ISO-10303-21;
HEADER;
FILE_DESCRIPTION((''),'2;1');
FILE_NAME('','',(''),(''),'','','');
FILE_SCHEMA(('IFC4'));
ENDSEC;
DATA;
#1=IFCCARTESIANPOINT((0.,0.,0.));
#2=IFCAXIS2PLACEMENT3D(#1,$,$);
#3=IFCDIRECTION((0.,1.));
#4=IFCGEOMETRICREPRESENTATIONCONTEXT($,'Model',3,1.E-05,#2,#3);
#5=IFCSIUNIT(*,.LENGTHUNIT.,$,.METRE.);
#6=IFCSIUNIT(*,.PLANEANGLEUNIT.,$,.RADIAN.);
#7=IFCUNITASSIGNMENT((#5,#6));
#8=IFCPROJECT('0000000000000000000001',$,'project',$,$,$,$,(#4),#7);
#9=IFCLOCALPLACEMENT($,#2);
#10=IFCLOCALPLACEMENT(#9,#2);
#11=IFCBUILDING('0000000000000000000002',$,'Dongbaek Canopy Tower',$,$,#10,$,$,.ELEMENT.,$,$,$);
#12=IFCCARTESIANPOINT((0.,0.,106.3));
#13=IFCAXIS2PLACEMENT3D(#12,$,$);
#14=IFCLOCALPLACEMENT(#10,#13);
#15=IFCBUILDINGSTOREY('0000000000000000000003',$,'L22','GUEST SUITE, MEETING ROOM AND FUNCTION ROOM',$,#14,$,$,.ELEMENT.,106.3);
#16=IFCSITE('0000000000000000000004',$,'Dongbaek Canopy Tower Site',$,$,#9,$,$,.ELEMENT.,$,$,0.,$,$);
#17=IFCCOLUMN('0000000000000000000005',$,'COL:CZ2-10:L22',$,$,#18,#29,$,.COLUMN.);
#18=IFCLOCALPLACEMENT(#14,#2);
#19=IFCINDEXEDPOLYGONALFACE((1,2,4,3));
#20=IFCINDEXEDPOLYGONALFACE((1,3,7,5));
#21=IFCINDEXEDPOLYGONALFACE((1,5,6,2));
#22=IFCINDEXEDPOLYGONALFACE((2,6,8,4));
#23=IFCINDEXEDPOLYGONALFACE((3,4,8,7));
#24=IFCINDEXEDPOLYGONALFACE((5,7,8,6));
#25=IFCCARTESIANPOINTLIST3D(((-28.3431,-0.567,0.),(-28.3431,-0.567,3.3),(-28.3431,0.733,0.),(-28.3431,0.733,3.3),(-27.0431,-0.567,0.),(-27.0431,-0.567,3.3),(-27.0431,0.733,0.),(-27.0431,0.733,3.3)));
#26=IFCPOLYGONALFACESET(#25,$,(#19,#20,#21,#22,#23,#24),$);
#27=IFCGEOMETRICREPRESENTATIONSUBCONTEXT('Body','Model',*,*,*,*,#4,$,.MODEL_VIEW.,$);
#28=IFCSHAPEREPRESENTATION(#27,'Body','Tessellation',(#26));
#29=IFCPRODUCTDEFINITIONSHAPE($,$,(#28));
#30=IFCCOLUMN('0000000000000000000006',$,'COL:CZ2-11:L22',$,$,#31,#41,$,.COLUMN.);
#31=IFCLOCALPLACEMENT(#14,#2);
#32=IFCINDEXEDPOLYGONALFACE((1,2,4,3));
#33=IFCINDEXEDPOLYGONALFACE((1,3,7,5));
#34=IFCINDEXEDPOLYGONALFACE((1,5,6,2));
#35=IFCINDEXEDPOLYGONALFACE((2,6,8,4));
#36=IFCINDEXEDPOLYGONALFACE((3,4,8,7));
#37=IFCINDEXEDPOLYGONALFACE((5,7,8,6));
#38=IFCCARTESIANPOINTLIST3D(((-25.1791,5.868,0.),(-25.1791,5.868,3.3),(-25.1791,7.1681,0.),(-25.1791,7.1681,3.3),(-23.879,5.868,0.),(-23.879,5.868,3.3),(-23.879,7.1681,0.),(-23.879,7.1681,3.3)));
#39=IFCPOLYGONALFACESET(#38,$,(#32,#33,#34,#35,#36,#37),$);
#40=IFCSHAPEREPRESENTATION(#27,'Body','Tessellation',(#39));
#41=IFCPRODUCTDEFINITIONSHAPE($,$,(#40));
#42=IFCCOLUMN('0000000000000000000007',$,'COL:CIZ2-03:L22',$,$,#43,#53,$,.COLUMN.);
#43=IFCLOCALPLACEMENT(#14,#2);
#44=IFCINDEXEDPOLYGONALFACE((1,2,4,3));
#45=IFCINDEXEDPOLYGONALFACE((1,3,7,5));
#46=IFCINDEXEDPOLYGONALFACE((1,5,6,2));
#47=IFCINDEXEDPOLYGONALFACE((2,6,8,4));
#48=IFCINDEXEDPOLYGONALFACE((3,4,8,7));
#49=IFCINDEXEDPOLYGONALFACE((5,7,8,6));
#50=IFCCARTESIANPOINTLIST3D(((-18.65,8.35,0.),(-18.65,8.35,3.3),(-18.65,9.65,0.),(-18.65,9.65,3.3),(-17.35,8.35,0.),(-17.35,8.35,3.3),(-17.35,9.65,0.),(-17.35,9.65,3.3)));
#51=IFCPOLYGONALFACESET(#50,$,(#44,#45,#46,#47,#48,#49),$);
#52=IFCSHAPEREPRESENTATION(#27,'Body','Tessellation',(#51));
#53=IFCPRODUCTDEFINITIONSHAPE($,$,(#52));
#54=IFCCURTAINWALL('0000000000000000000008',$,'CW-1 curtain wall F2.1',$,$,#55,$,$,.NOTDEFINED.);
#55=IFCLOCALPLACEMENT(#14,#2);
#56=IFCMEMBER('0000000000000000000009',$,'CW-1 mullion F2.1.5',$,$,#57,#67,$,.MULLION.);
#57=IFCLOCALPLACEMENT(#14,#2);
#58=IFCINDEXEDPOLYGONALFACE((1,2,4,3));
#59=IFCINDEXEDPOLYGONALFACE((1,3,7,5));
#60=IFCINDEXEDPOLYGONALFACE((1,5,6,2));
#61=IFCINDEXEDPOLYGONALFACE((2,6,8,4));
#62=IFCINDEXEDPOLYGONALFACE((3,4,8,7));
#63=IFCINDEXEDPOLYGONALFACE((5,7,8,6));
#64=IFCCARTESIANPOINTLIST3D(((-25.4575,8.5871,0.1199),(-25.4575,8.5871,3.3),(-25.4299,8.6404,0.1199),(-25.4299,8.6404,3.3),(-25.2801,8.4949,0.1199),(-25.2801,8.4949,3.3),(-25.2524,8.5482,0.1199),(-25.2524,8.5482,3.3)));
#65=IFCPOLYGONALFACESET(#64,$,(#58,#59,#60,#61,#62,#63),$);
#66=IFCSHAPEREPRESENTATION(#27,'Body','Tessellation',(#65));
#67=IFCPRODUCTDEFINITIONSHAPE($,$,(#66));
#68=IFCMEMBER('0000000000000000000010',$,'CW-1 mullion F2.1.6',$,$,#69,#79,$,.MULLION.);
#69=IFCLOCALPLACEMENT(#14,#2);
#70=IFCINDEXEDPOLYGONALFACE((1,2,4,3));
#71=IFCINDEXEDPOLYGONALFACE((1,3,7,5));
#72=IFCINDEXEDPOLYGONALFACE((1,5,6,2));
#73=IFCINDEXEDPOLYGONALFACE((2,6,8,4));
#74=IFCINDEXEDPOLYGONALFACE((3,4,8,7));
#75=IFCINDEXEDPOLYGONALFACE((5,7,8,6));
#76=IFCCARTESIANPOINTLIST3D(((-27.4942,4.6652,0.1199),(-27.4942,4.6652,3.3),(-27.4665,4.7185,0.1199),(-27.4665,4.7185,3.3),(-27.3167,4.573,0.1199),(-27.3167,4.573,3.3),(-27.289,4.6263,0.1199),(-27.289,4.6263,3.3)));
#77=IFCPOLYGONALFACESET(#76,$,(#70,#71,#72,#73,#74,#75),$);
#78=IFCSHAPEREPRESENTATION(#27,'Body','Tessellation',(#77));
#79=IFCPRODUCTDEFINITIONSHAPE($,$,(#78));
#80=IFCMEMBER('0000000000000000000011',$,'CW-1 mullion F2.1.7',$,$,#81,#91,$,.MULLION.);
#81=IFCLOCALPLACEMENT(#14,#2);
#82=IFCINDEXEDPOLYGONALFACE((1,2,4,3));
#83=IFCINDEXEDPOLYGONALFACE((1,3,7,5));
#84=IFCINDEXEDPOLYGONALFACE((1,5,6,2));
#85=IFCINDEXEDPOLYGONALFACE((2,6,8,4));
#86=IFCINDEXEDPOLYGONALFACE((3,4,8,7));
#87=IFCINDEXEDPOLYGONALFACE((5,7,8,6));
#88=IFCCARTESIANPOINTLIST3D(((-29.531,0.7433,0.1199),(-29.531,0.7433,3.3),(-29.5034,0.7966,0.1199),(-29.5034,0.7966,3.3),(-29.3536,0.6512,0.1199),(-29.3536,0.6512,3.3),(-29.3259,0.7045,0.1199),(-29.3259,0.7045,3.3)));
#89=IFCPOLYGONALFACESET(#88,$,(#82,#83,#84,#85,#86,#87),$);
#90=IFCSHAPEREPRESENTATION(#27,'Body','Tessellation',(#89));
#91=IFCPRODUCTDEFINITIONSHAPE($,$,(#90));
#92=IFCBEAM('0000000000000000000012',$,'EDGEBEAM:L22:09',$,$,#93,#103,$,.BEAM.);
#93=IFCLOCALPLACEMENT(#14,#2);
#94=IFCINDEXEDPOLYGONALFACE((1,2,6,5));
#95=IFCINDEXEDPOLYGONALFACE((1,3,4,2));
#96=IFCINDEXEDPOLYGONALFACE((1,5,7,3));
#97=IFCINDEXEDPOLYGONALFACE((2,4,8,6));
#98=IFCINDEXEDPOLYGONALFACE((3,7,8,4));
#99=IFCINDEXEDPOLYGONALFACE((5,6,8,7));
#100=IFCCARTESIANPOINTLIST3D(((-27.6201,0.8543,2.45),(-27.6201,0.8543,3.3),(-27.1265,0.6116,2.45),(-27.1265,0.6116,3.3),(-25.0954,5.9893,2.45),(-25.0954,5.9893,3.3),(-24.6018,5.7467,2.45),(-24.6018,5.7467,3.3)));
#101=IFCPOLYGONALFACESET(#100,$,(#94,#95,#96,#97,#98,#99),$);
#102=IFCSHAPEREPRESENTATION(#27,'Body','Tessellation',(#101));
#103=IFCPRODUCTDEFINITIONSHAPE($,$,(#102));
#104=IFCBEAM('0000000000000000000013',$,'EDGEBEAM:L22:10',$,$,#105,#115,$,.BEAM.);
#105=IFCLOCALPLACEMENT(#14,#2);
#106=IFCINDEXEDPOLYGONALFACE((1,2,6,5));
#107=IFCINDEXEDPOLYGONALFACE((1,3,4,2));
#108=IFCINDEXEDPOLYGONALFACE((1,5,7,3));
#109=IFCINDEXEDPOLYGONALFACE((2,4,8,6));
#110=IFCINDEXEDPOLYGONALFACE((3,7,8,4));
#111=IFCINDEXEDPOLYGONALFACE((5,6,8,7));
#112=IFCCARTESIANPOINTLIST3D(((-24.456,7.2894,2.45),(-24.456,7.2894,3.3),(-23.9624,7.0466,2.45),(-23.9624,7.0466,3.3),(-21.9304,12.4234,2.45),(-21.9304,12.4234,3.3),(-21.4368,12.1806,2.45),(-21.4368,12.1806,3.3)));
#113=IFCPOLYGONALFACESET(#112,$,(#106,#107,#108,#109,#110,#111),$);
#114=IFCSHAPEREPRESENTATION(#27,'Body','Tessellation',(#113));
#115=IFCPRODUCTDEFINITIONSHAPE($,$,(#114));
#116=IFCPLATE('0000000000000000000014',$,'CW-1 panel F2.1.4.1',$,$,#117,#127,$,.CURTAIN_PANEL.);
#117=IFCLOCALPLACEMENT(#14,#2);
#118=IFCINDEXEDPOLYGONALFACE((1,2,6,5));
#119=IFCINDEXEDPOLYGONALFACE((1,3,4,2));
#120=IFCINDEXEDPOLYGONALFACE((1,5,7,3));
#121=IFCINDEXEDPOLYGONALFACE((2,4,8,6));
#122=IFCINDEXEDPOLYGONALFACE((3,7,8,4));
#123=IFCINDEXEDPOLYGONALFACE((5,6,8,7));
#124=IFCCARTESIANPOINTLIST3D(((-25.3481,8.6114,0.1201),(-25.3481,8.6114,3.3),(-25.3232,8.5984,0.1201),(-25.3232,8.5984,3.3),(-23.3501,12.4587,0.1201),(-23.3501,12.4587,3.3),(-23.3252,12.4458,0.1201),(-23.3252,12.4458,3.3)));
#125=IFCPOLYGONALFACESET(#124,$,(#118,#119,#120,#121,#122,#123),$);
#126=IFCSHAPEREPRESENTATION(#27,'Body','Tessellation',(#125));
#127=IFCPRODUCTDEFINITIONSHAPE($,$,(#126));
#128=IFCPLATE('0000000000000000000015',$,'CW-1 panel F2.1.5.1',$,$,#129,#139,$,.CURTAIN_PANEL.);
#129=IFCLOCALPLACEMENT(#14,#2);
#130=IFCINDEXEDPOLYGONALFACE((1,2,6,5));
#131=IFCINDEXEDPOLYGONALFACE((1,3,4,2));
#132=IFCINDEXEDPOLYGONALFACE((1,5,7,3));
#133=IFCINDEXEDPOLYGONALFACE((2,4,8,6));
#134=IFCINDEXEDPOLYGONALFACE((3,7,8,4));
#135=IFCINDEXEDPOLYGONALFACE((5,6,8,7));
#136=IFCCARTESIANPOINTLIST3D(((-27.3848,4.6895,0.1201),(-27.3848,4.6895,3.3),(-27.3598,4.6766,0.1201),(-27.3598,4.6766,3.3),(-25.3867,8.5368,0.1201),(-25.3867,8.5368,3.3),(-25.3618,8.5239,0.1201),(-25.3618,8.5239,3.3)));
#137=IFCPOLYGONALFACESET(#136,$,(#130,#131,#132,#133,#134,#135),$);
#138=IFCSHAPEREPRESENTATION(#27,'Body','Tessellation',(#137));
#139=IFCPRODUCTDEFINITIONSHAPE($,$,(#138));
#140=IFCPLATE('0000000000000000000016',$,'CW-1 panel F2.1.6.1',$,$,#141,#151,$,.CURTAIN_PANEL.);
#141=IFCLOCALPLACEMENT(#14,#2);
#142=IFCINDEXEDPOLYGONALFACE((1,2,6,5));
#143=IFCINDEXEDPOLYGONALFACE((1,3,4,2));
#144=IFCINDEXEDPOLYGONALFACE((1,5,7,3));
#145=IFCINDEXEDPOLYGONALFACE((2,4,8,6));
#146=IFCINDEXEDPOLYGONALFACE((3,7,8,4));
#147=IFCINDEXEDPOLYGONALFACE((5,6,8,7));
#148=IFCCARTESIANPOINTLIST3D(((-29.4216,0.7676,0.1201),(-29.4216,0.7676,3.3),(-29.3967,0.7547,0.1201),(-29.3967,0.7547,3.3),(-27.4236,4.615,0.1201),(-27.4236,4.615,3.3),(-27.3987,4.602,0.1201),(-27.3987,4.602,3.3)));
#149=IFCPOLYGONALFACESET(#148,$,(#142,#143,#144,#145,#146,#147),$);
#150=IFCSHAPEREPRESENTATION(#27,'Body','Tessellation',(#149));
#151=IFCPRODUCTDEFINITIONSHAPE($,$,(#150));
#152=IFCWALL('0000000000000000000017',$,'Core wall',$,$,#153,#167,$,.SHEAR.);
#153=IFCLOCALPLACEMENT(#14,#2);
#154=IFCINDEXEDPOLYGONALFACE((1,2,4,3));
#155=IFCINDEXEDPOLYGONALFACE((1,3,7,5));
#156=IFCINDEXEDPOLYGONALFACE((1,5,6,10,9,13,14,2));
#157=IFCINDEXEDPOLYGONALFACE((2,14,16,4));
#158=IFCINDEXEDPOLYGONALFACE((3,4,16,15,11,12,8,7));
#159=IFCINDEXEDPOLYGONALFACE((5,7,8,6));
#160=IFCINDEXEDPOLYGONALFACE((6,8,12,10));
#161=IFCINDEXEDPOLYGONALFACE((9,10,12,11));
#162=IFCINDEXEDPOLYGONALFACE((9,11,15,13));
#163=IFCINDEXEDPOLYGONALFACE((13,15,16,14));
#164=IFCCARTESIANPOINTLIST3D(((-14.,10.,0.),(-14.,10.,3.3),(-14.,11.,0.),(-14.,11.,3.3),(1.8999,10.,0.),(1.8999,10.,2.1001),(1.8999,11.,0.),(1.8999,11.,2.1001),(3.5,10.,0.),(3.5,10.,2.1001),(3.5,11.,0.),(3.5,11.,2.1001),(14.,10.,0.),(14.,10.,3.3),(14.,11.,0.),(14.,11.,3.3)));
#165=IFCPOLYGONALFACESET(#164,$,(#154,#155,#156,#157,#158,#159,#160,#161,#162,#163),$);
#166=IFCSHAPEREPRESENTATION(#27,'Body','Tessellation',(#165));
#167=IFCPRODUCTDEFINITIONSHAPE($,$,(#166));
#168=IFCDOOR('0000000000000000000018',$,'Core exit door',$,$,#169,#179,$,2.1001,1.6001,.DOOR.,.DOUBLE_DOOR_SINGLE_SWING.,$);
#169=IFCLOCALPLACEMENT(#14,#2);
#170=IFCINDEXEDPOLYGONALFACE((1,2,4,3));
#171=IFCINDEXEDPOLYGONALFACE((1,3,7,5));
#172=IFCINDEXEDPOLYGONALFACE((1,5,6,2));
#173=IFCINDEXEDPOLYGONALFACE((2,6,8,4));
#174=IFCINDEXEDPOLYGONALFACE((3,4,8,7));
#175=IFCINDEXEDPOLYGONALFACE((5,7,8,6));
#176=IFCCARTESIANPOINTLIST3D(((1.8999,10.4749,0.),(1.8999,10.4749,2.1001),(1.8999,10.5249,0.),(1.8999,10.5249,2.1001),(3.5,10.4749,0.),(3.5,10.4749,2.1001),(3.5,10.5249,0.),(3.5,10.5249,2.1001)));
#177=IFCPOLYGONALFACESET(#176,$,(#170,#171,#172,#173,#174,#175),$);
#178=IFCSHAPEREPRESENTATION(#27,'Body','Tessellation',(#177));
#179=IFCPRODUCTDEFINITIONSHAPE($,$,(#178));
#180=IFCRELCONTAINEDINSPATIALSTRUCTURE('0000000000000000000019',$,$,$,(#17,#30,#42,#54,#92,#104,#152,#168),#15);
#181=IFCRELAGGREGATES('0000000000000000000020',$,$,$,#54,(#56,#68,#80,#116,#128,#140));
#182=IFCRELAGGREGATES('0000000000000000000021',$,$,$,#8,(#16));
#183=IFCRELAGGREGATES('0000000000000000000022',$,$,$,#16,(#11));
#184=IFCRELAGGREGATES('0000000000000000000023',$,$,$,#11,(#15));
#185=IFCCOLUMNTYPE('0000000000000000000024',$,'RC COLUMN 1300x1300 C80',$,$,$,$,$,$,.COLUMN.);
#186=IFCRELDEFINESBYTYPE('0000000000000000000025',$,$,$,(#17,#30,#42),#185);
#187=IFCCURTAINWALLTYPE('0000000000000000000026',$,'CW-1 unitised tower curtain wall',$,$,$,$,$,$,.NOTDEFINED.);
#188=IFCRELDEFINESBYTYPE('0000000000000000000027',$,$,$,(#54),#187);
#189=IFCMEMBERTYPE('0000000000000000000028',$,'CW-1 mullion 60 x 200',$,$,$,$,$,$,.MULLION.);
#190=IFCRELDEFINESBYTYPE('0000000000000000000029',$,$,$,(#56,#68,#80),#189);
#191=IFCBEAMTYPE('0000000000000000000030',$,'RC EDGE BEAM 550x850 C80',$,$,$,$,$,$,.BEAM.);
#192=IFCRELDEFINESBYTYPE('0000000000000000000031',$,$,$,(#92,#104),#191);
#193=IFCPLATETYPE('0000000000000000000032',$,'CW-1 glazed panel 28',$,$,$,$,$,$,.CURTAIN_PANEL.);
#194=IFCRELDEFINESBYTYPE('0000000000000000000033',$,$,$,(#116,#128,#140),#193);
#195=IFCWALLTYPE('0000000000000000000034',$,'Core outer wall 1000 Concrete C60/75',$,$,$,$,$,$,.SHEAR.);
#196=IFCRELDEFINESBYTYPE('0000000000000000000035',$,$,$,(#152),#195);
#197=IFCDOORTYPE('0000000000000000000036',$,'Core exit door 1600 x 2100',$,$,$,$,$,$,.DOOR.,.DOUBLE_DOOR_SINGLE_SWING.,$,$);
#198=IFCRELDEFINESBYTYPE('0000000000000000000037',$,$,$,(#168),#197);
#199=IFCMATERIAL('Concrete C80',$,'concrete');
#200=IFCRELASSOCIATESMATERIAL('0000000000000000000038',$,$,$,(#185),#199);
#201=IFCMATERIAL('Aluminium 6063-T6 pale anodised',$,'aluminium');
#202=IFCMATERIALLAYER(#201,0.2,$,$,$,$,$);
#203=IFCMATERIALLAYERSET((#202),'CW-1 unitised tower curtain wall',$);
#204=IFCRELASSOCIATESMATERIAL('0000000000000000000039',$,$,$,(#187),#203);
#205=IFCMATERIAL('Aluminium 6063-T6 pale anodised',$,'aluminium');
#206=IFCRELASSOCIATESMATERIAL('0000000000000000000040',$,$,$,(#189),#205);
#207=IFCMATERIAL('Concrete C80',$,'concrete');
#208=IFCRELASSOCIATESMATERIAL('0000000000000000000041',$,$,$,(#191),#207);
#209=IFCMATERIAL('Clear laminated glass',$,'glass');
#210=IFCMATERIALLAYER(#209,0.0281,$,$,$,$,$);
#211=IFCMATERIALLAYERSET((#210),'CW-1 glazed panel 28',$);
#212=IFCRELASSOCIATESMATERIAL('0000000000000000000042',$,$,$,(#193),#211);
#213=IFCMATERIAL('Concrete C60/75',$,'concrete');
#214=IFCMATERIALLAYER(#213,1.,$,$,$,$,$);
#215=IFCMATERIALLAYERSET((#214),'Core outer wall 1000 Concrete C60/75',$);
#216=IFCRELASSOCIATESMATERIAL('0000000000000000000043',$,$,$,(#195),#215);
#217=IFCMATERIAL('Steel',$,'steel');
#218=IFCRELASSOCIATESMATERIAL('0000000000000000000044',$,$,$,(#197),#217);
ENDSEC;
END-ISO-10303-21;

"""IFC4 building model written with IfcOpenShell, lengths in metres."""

from ifc_helpers import new_model, si_unit, direction, frame, frame_2d, origin, origin_2d, place, context, subcontext, project, spatial, rectangle, extrude, material, layer, layer_set, material_profile, profile_set, type_object, element, fill, aggregate, save


model = new_model("IFC4")

# Units and contexts
model_context = context("Model", 3, precision=1e-05, world=origin(), true_north=direction((0.0, 1.0)))
body_context = subcontext(model_context, "Body", "Model", "MODEL_VIEW")
ifc_project = project(units=[si_unit("LENGTHUNIT", "METRE"), si_unit("PLANEANGLEUNIT", "RADIAN")], contexts=[model_context])

# Site, building, storey
site_placement = place(None, origin())
site = spatial("IfcSite", under=ifc_project, at=site_placement, Name="Dongbaek Canopy Tower Site", CompositionType="ELEMENT", RefElevation=0.0)
building_placement = place(site_placement, origin())
building = spatial("IfcBuilding", under=site, at=building_placement, Name="Dongbaek Canopy Tower", CompositionType="ELEMENT")
storey_placement = place(building_placement, frame((0.0, 0.0, 106.3)))
storey = spatial("IfcBuildingStorey", under=building, at=storey_placement, Name="L22", Description="GUEST SUITE, MEETING ROOM AND FUNCTION ROOM", CompositionType="ELEMENT", Elevation=106.3)

# Columns
ifc_material_1 = material(Name="Concrete C80", Category="concrete")
ifc_material_profile_1 = material_profile(ifc_material_1, rectangle(XDim=1.3, YDim=1.3, at=origin_2d()), Name="RC COLUMN 1300x1300 C80")
ifc_profile_set_1 = profile_set([ifc_material_profile_1], Name="Concrete C80")
column_type = type_object("IfcColumnType", Name="RC COLUMN 1300x1300 C80", PredefinedType="COLUMN", material=ifc_profile_set_1)
for number, where, z_axis, x_axis, name in (
    (1, (-27.6931, 0.083, 0.0), (0.0, 0.0, 1.0), (1.0, 0.0, 0.0), "COL:CZ2-10:L22"),
    (2, (-24.5291, 6.5181, 0.0), (0.0, 0.0, 1.0), (1.0, 0.0, 0.0), "COL:CZ2-11:L22"),
    (3, (-18.0, 9.0, 0.0), (0.0, 0.0, 1.0), (1.0, 0.0, 0.0), "COL:CIZ2-03:L22"),
):
    element("IfcColumn", number, at=place(storey_placement, frame(where, z_axis=z_axis, x_axis=x_axis)), inside=storey, type_object=column_type, Name=name, PredefinedType="COLUMN", context=body_context, shape_type="SweptSolid", body=[
        extrude(rectangle(XDim=1.3, YDim=1.3, at=origin_2d()), origin(), (0.0, 0.0, 1.0), 3.3),
    ])

# Curtain wall, members
ifc_material_2 = material(Name="Aluminium 6063-T6 pale anodised", Category="aluminium")
ifc_layer_1 = layer(ifc_material_2, 0.2)
ifc_layer_set_1 = layer_set([ifc_layer_1], Name="CW-1 unitised tower curtain wall")
curtain_wall_type = type_object("IfcCurtainWallType", Name="CW-1 unitised tower curtain wall", PredefinedType="NOTDEFINED", material=ifc_layer_set_1)
curtain_wall_placement = place(storey_placement, origin())
curtain_wall = element("IfcCurtainWall", 4, at=curtain_wall_placement, inside=storey, type_object=curtain_wall_type, Name="CW-1 curtain wall F2.1", PredefinedType="NOTDEFINED")
ifc_material_3 = material(Name="Aluminium 6063-T6 pale anodised", Category="aluminium")
ifc_material_profile_2 = material_profile(ifc_material_3, rectangle(XDim=0.2, YDim=0.0601, at=origin_2d()), Name="CW-1 mullion 60 x 200")
ifc_profile_set_2 = profile_set([ifc_material_profile_2], Name="Aluminium 6063-T6 pale anodised")
member_type = type_object("IfcMemberType", Name="CW-1 mullion 60 x 200", PredefinedType="MULLION", material=ifc_profile_set_2)
member_1_placement = place(storey_placement, frame((-25.355, 8.5676, 0.1199), z_axis=(0.0, 0.0, 1.0), x_axis=(-0.887463, 0.46088, 0.0)))
member_1 = element("IfcMember", 5, at=member_1_placement, type_object=member_type, Name="CW-1 mullion F2.1.5", PredefinedType="MULLION", context=body_context, shape_type="SweptSolid", body=[
    extrude(rectangle(XDim=0.2, YDim=0.0601, at=origin_2d()), origin(), (0.0, 0.0, 1.0), 3.1802),
])
member_2_placement = place(storey_placement, frame((-27.3916, 4.6458, 0.1199), z_axis=(0.0, 0.0, 1.0), x_axis=(-0.887463, 0.46088, 0.0)))
member_2 = element("IfcMember", 6, at=member_2_placement, type_object=member_type, Name="CW-1 mullion F2.1.6", PredefinedType="MULLION", context=body_context, shape_type="SweptSolid", body=[
    extrude(rectangle(XDim=0.2, YDim=0.0601, at=origin_2d()), origin(), (0.0, 0.0, 1.0), 3.1802),
])
member_3_placement = place(storey_placement, frame((-29.4285, 0.7239, 0.1199), z_axis=(0.0, 0.0, 1.0), x_axis=(-0.887463, 0.46088, 0.0)))
member_3 = element("IfcMember", 7, at=member_3_placement, type_object=member_type, Name="CW-1 mullion F2.1.7", PredefinedType="MULLION", context=body_context, shape_type="SweptSolid", body=[
    extrude(rectangle(XDim=0.2, YDim=0.0601, at=origin_2d()), origin(), (0.0, 0.0, 1.0), 3.1802),
])

# Beams
ifc_material_4 = material(Name="Concrete C80", Category="concrete")
ifc_material_profile_3 = material_profile(ifc_material_4, rectangle(XDim=0.55, YDim=0.8501, at=origin_2d()), Name="RC EDGE BEAM 550x850 C80")
ifc_profile_set_3 = profile_set([ifc_material_profile_3], Name="Concrete C80")
beam_type = type_object("IfcBeamType", Name="RC EDGE BEAM 550x850 C80", PredefinedType="BEAM", material=ifc_profile_set_3)
beam_1_placement = place(storey_placement, frame((-27.3733, 0.7329, 2.875), z_axis=(0.441213, 0.897402, 0.0), x_axis=(-0.897402, 0.441213, 0.0)))
element("IfcBeam", 8, at=beam_1_placement, inside=storey, type_object=beam_type, Name="EDGEBEAM:L22:09", PredefinedType="BEAM", context=body_context, shape_type="SweptSolid", body=[
    extrude(rectangle(XDim=0.55, YDim=0.8501, at=origin_2d()), origin(), (0.0, 0.0, 1.0), 5.7222),
])
beam_2_placement = place(storey_placement, frame((-24.2092, 7.168, 2.875), z_axis=(0.441418, 0.897301, 0.0), x_axis=(-0.897301, 0.441418, 0.0)))
element("IfcBeam", 9, at=beam_2_placement, inside=storey, type_object=beam_type, Name="EDGEBEAM:L22:10", PredefinedType="BEAM", context=body_context, shape_type="SweptSolid", body=[
    extrude(rectangle(XDim=0.55, YDim=0.8501, at=origin_2d()), origin(), (0.0, 0.0, 1.0), 5.7217),
])

# Plates
ifc_material_5 = material(Name="Clear laminated glass", Category="glass")
ifc_layer_2 = layer(ifc_material_5, 0.0281)
ifc_layer_set_2 = layer_set([ifc_layer_2], Name="CW-1 glazed panel 28")
plate_type = type_object("IfcPlateType", Name="CW-1 glazed panel 28", PredefinedType="CURTAIN_PANEL", material=ifc_layer_set_2)
plate_1_placement = place(storey_placement, frame((-24.3367, 10.5286, 0.1201), z_axis=(0.0, 0.0, 1.0), x_axis=(-0.46088, -0.887463, 0.0)))
plate_1 = element("IfcPlate", 10, at=plate_1_placement, type_object=plate_type, Name="CW-1 panel F2.1.4.1", PredefinedType="CURTAIN_PANEL", context=body_context, shape_type="SweptSolid", body=[
    extrude(rectangle(XDim=4.3352, YDim=0.0281, at=origin_2d()), origin(), (0.0, 0.0, 1.0), 3.1799),
])
plate_2_placement = place(storey_placement, frame((-26.3733, 6.6067, 0.1201), z_axis=(0.0, 0.0, 1.0), x_axis=(-0.46088, -0.887463, 0.0)))
plate_2 = element("IfcPlate", 11, at=plate_2_placement, type_object=plate_type, Name="CW-1 panel F2.1.5.1", PredefinedType="CURTAIN_PANEL", context=body_context, shape_type="SweptSolid", body=[
    extrude(rectangle(XDim=4.3352, YDim=0.0281, at=origin_2d()), origin(), (0.0, 0.0, 1.0), 3.1799),
])
plate_3_placement = place(storey_placement, frame((-28.4102, 2.6848, 0.1201), z_axis=(0.0, 0.0, 1.0), x_axis=(-0.46088, -0.887463, 0.0)))
plate_3 = element("IfcPlate", 12, at=plate_3_placement, type_object=plate_type, Name="CW-1 panel F2.1.6.1", PredefinedType="CURTAIN_PANEL", context=body_context, shape_type="SweptSolid", body=[
    extrude(rectangle(XDim=4.3352, YDim=0.0281, at=origin_2d()), origin(), (0.0, 0.0, 1.0), 3.1799),
])

# Wall, opening, door
ifc_material_6 = material(Name="Concrete C60/75", Category="concrete")
ifc_layer_3 = layer(ifc_material_6, 1.0)
ifc_layer_set_3 = layer_set([ifc_layer_3], Name="Core outer wall 1000 Concrete C60/75")
wall_type_1 = type_object("IfcWallType", Name="Core outer wall 1000 Concrete C60/75", PredefinedType="SHEAR", material=ifc_layer_set_3)
wall_1_placement = place(storey_placement, frame((-14.0, 10.5, 0.0), z_axis=(0.0, 0.0, 1.0), x_axis=(1.0, 0.0, 0.0)))
wall_1 = element("IfcWall", 13, at=wall_1_placement, inside=storey, type_object=wall_type_1, Name="Core wall", PredefinedType="SHEAR", context=body_context, shape_type="SweptSolid", body=[
    extrude(rectangle(XDim=28.0, YDim=1.0, at=frame_2d((14.0, 0.0))), origin(), (0.0, 0.0, 1.0), 3.3),
])
opening_1_placement = place(wall_1_placement, frame((15.8999, 0.0, 0.0)))
opening_1 = element("IfcOpeningElement", 14, at=opening_1_placement, cuts=wall_1, PredefinedType="OPENING", context=body_context, shape_type="SweptSolid", body=[
    extrude(rectangle(XDim=1.6001, YDim=2.1001, at=frame_2d((0.8, 1.05))), frame((0.0, 0.51, 0.0), z_axis=(0.0, -1.0, 0.0), x_axis=(1.0, 0.0, 0.0)), (0.0, 0.0, 1.0), 1.02),
])
ifc_material_7 = material(Name="Steel", Category="steel")
door_type_1 = type_object("IfcDoorType", Name="Core exit door 1600 x 2100", OperationType="DOUBLE_DOOR_SINGLE_SWING", PredefinedType="DOOR", material=ifc_material_7)
door_1_placement = place(opening_1_placement, origin())
door_1 = element("IfcDoor", 15, at=door_1_placement, inside=storey, type_object=door_type_1, Name="Core exit door", OperationType="DOUBLE_DOOR_SINGLE_SWING", OverallHeight=2.1001, OverallWidth=1.6001, PredefinedType="DOOR", context=body_context, shape_type="SweptSolid", body=[
    extrude(rectangle(XDim=1.6001, YDim=2.1001, at=frame_2d((0.8, 1.05))), frame((0.0, 0.0249, 0.0), z_axis=(0.0, -1.0, 0.0), x_axis=(1.0, 0.0, 0.0)), (0.0, 0.0, 1.0), 0.05),
])
fill(opening_1, door_1)

aggregate(curtain_wall, [member_1, member_2, member_3, plate_1, plate_2, plate_3])

save(model, "model.ifc")
